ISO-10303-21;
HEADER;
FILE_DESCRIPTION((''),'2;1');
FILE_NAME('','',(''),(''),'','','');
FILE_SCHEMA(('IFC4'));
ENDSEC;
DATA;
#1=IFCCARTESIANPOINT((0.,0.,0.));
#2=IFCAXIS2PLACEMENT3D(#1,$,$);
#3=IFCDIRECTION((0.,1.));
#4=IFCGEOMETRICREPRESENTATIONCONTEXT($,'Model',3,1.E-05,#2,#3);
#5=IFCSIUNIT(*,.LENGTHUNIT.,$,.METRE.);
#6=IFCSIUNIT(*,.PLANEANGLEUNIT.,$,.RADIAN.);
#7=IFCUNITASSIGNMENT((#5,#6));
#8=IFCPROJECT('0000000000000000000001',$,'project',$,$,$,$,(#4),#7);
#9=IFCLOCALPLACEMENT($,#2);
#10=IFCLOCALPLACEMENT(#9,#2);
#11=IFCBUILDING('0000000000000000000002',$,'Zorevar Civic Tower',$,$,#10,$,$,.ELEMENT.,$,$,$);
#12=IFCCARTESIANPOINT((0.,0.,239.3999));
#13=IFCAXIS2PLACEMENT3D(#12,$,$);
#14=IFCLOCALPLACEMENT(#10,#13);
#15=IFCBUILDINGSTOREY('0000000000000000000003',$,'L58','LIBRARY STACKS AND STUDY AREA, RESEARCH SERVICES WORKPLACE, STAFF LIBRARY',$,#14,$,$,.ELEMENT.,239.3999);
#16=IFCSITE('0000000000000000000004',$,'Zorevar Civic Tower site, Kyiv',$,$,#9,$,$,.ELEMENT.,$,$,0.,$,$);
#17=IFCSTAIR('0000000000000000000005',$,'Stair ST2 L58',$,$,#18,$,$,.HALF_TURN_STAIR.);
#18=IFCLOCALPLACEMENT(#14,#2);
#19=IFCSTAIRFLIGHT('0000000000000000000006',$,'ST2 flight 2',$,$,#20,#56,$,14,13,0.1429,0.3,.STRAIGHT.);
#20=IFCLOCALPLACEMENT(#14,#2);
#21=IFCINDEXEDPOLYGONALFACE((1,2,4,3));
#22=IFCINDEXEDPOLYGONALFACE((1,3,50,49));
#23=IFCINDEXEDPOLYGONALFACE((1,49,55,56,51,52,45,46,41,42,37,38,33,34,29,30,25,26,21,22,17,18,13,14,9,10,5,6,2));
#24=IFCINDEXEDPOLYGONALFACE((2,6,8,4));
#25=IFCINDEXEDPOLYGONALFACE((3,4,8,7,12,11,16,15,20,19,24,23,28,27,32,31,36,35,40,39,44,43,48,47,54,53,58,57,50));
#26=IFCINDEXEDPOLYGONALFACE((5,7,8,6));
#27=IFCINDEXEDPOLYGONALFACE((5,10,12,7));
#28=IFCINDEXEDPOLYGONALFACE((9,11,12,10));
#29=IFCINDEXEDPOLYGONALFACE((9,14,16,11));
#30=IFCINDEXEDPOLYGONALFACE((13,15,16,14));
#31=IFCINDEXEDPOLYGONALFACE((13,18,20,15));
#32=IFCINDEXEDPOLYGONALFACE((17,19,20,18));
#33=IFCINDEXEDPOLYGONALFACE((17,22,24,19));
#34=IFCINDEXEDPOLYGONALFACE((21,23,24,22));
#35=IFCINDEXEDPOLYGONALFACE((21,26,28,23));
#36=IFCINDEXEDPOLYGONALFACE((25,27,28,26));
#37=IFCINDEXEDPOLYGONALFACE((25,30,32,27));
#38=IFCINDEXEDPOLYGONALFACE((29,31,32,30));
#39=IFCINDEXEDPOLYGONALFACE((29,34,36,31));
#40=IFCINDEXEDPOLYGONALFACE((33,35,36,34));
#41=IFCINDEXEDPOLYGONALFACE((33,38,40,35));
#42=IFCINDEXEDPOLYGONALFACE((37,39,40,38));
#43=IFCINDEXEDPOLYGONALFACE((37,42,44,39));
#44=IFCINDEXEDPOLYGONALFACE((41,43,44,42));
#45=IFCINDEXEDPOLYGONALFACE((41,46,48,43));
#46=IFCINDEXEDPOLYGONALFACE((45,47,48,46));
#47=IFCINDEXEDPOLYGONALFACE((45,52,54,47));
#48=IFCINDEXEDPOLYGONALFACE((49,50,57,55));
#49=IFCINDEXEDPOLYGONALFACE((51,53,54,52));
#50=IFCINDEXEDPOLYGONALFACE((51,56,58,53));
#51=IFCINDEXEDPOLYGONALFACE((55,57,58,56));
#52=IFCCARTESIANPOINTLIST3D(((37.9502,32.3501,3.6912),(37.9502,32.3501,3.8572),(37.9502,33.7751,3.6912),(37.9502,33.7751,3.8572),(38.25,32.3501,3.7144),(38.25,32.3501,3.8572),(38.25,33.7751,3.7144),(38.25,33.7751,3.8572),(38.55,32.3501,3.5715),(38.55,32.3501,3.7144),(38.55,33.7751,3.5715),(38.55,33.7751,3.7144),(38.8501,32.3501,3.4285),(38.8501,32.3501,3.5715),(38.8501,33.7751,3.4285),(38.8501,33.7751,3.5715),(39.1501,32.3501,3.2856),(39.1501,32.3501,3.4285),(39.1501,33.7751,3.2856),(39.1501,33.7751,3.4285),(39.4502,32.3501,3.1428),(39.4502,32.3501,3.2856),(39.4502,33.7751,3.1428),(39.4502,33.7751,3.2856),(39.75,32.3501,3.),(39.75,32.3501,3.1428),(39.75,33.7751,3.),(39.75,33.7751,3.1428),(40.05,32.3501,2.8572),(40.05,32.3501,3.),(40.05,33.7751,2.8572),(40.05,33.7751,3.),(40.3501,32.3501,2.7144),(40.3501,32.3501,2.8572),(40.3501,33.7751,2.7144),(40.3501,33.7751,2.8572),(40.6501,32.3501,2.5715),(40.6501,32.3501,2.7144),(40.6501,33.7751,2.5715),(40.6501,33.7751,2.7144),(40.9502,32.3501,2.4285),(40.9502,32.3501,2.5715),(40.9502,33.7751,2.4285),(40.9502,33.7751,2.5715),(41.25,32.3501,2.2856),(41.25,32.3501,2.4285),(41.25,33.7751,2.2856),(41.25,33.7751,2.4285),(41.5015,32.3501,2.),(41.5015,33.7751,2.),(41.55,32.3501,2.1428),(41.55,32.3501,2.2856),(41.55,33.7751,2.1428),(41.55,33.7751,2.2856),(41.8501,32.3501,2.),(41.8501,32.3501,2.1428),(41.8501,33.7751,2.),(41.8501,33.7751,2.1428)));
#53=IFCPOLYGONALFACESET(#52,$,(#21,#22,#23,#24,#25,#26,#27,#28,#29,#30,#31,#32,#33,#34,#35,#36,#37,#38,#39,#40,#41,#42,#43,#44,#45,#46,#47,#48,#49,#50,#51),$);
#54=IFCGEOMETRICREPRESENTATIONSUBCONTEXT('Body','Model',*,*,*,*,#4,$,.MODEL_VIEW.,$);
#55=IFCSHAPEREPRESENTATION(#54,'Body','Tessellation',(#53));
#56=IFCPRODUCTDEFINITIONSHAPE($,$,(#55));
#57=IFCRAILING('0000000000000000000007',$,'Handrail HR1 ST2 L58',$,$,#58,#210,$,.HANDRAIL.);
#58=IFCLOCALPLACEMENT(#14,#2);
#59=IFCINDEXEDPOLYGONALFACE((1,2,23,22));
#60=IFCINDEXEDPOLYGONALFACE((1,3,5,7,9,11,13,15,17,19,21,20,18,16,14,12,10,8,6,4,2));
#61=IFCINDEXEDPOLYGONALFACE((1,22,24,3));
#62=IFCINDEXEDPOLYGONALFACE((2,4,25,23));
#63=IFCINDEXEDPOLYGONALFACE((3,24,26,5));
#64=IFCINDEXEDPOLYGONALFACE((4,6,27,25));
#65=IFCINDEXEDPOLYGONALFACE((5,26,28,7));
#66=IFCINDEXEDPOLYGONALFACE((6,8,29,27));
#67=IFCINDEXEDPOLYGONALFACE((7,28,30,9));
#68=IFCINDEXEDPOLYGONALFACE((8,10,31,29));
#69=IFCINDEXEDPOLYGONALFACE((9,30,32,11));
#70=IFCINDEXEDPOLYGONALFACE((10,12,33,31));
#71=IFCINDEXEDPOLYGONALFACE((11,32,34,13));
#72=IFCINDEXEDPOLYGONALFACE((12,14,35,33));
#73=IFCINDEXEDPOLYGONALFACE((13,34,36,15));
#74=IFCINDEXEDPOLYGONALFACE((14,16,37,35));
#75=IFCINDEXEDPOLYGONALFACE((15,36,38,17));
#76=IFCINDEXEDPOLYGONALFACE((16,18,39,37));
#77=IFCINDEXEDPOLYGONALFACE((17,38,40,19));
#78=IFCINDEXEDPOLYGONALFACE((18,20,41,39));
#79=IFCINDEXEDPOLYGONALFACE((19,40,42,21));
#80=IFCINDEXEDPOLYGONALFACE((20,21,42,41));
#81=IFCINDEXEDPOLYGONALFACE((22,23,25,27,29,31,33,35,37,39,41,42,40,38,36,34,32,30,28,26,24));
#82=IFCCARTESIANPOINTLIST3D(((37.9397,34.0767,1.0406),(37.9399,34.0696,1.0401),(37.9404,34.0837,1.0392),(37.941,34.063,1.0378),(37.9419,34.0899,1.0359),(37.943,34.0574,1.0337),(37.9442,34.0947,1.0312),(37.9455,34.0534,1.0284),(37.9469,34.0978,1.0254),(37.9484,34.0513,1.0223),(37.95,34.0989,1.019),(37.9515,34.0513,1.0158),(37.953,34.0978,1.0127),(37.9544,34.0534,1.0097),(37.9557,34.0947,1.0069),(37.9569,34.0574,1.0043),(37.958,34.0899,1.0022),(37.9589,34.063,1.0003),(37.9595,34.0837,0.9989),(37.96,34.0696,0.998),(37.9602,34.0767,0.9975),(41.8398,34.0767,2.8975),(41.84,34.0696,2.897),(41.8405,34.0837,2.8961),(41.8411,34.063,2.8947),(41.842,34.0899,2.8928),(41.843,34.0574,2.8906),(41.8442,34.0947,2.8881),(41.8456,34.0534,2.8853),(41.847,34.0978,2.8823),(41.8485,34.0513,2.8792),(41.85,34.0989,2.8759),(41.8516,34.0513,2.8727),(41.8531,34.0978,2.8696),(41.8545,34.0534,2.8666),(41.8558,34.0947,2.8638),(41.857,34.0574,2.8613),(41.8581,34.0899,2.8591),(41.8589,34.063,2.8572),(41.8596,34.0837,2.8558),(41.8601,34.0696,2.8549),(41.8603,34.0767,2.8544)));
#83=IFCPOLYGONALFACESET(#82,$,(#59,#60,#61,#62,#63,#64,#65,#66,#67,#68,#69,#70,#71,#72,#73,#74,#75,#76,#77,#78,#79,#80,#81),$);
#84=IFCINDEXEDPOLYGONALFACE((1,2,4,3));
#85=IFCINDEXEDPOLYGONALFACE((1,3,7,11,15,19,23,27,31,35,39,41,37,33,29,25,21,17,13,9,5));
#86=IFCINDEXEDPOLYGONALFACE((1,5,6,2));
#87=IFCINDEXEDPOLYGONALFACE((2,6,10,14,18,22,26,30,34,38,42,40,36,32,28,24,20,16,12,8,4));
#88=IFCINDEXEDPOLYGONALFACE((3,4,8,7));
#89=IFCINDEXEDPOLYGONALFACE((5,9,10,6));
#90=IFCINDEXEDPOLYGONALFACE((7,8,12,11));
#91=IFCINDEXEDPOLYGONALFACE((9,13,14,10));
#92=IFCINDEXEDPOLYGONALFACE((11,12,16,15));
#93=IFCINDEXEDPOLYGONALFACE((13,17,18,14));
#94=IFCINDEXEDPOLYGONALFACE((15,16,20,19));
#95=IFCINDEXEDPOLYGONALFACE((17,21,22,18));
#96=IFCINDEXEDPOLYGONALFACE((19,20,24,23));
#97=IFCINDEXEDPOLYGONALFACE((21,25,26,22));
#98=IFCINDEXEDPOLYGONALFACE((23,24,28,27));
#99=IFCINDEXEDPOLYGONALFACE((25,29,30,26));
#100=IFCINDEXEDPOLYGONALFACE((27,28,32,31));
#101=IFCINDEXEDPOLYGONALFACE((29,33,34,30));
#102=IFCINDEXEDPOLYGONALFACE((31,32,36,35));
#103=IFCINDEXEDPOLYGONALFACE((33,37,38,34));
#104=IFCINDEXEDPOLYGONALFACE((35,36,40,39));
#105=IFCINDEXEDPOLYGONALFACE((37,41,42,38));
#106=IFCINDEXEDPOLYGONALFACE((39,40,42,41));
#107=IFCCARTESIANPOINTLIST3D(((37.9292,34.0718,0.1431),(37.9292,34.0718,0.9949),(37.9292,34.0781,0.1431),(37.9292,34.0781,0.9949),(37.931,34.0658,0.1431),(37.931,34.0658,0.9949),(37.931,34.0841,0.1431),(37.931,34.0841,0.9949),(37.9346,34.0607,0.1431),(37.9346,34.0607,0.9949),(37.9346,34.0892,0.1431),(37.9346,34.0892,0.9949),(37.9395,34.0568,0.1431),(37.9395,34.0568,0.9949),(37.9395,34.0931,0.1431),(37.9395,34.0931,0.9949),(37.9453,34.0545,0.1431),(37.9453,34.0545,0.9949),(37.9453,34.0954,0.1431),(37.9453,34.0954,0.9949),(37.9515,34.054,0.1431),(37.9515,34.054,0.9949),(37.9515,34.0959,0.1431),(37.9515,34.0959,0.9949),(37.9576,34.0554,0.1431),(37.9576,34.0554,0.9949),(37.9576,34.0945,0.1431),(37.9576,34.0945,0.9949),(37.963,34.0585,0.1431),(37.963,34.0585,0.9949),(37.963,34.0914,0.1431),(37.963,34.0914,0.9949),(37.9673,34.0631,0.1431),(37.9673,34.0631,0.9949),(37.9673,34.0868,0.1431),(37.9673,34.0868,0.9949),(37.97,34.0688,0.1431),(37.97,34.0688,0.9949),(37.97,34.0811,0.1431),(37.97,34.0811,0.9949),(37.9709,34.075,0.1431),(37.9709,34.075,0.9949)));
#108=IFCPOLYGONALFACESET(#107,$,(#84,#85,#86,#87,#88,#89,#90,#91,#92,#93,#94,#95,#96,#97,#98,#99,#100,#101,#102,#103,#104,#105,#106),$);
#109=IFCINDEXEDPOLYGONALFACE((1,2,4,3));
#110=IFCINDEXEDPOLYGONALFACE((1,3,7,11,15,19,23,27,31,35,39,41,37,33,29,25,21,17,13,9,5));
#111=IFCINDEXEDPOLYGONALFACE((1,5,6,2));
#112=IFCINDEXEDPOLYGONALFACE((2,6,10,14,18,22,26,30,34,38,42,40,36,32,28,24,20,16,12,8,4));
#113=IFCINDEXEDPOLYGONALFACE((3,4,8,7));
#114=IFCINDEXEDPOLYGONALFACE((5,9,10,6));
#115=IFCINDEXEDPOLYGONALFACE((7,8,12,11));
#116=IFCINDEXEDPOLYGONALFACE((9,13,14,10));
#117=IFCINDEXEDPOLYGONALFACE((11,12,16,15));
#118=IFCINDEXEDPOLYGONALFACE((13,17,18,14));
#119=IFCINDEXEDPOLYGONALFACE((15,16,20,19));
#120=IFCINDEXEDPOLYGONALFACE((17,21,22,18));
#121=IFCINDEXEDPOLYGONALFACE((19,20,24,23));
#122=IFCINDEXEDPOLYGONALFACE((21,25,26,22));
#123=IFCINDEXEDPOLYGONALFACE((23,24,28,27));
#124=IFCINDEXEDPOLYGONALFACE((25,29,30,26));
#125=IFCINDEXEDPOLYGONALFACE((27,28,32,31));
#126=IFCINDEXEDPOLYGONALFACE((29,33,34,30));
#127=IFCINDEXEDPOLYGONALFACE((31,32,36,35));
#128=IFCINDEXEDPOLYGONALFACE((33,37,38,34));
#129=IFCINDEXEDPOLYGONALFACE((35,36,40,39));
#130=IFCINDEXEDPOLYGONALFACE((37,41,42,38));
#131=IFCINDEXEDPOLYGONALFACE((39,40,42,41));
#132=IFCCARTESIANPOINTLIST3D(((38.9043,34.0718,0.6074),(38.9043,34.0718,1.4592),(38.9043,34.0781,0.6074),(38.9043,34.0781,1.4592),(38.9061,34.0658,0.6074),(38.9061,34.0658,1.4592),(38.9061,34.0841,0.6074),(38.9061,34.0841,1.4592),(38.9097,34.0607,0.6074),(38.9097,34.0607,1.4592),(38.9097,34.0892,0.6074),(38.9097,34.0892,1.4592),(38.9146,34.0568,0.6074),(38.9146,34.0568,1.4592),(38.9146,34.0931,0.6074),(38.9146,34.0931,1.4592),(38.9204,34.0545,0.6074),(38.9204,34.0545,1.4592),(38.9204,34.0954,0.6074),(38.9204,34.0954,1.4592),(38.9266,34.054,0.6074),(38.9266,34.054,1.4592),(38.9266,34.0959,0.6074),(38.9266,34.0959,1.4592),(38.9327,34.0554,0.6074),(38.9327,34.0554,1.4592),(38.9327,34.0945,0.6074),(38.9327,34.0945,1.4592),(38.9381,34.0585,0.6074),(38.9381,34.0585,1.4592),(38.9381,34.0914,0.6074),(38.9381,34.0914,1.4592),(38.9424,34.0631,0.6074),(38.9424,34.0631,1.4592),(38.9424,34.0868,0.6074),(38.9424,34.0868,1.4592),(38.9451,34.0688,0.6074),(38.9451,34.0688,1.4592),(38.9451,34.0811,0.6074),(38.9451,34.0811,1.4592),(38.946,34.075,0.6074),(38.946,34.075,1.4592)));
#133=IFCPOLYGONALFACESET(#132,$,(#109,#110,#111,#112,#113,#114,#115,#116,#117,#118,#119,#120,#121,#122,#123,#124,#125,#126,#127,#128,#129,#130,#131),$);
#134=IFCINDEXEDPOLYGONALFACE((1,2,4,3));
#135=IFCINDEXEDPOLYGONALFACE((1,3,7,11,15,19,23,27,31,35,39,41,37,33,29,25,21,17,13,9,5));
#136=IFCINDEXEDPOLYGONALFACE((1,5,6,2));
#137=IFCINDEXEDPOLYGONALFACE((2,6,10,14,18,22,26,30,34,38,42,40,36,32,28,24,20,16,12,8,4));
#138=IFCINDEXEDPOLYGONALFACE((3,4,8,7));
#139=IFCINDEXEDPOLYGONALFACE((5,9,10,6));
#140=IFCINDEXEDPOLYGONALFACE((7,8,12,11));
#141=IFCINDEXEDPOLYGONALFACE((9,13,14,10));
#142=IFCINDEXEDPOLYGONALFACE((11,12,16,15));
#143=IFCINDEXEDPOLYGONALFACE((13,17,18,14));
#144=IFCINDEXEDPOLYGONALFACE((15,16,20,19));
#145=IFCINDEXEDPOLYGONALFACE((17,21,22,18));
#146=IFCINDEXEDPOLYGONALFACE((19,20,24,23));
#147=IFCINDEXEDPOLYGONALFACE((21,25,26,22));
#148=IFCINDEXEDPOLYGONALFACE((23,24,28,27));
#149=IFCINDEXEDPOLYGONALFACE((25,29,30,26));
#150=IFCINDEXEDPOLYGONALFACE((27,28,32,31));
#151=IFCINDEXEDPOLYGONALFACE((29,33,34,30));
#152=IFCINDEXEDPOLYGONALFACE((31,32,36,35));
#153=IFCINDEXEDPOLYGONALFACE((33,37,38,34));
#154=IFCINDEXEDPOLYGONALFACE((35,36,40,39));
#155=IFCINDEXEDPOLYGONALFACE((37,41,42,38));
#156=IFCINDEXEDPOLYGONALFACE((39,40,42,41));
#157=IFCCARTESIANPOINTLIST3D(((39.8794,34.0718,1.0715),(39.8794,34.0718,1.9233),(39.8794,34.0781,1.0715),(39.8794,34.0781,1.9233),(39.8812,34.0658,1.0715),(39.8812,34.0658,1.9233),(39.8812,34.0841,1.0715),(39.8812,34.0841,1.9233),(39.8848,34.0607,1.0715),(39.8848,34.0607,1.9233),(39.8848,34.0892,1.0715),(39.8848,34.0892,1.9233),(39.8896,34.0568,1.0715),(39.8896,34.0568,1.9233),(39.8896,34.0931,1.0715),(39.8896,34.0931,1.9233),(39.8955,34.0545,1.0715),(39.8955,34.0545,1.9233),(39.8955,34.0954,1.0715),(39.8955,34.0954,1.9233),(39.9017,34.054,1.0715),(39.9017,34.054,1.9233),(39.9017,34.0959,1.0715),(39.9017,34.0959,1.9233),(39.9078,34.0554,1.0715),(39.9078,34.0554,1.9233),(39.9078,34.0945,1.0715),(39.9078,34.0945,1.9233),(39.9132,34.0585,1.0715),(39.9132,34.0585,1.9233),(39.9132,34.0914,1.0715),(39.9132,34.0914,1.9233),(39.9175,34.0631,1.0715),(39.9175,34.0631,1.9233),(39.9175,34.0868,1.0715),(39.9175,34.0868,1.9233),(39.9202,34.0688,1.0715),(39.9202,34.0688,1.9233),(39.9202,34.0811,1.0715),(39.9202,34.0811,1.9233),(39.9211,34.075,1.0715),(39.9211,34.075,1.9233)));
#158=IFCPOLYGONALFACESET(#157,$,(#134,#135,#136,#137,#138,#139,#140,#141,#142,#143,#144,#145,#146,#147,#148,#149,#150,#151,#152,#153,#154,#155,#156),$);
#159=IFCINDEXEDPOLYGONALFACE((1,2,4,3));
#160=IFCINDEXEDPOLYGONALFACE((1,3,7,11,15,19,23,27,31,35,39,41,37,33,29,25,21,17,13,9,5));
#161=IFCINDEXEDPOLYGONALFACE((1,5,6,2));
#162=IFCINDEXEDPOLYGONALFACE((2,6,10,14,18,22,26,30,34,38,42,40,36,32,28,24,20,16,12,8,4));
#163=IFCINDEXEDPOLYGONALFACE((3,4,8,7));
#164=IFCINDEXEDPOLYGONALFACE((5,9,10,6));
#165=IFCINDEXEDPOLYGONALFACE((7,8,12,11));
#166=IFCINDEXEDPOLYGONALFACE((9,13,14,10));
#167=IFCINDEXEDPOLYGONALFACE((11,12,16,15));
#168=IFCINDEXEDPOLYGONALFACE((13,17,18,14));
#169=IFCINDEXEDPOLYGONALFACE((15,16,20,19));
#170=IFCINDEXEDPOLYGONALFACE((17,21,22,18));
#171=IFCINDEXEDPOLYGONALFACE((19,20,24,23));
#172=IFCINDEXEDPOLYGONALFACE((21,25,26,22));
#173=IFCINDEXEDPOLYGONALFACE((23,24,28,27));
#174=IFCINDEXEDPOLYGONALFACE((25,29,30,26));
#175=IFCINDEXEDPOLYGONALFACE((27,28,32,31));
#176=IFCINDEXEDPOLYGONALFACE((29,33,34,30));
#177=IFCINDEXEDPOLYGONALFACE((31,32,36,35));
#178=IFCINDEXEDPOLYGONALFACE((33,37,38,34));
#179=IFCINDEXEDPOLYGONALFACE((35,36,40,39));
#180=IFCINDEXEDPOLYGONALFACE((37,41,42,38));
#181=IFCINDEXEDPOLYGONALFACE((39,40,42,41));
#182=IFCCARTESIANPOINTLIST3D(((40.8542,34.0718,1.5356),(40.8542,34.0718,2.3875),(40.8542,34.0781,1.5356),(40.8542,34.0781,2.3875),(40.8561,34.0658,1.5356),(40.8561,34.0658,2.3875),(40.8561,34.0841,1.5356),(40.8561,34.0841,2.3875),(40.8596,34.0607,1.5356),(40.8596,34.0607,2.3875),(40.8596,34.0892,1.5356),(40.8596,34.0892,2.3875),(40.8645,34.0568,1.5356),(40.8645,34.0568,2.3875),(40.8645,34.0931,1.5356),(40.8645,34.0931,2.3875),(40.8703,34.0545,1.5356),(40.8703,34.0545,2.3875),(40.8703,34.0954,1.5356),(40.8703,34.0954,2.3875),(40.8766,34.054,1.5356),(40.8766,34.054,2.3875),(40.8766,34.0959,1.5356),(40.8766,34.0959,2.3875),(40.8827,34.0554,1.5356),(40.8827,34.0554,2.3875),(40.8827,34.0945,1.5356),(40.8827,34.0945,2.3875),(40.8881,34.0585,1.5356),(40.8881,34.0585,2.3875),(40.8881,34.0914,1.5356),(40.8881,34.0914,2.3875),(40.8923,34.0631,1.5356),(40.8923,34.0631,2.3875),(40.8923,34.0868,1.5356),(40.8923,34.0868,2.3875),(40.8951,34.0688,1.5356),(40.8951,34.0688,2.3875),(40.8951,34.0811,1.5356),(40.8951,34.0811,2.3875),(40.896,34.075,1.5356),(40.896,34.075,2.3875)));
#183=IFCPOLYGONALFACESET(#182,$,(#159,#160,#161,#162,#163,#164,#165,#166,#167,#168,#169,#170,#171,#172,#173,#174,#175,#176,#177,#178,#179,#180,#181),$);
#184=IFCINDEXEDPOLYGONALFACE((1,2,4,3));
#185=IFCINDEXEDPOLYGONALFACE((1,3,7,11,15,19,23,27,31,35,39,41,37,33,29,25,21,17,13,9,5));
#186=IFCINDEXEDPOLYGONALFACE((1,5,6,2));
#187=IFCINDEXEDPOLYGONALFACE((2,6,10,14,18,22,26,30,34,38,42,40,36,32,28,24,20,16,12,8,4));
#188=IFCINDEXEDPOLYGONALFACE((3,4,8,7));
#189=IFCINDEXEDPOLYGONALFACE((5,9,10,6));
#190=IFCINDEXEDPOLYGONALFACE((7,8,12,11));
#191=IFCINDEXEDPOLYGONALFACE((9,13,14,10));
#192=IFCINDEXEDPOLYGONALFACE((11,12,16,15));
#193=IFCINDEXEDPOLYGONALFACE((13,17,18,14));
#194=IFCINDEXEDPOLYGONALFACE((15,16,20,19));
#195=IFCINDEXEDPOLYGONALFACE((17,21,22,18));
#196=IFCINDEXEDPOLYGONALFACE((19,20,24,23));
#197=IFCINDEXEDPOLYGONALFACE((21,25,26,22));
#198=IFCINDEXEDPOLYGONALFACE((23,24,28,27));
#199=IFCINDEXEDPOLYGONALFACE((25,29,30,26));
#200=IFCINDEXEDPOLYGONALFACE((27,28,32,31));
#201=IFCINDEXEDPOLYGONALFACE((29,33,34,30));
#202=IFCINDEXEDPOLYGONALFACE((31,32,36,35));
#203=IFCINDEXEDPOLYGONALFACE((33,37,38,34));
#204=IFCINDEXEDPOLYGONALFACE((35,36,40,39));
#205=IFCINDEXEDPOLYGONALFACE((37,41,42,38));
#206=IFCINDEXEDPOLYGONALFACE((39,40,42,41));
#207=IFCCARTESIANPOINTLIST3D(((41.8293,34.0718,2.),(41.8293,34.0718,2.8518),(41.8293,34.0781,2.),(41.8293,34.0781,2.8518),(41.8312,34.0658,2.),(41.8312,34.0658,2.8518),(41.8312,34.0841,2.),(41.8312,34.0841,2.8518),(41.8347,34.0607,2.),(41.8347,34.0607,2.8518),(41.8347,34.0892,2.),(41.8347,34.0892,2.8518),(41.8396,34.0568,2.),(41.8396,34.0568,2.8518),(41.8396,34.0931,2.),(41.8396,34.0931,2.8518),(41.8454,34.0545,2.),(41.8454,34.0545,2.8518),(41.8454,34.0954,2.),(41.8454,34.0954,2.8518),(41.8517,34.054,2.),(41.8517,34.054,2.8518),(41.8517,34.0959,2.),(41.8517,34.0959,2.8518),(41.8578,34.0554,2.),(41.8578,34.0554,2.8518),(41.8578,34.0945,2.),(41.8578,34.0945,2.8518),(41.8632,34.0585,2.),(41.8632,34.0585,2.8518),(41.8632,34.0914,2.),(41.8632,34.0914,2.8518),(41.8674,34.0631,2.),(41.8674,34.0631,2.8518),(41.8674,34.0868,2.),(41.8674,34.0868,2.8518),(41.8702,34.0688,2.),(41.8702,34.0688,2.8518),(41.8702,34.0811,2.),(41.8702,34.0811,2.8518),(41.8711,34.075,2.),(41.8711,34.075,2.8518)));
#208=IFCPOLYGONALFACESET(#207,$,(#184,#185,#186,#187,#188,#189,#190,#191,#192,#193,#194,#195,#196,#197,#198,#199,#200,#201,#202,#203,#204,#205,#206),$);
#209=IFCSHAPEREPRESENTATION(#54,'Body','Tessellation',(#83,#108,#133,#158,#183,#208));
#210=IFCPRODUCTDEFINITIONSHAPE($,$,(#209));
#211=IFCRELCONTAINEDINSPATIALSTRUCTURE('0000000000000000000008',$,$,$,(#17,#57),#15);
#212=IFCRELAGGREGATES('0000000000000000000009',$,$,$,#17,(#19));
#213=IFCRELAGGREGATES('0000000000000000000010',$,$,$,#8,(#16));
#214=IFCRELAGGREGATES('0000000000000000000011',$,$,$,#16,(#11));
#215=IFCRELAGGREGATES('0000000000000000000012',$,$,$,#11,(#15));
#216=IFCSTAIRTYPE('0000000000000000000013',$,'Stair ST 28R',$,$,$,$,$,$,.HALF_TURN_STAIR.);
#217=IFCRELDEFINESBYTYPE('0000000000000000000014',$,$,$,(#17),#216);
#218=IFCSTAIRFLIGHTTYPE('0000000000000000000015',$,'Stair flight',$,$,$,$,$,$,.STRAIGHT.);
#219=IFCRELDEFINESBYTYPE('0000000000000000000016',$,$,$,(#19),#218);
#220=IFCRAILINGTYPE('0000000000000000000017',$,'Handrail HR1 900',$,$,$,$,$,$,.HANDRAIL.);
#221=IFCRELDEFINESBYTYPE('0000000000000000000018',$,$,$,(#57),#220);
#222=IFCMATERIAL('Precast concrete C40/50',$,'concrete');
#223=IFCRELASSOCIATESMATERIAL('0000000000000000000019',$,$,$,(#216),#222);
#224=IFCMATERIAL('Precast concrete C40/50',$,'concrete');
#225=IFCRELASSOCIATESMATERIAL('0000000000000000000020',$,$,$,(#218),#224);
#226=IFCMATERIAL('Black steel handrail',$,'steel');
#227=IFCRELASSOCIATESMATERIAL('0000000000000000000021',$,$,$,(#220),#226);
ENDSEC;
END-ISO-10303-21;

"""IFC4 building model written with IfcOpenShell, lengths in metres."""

from ifc_helpers import new_model, si_unit, direction, frame, origin, origin_2d, place, context, subcontext, project, spatial, polyline, circle, outline, extrude, material, type_object, element, aggregate, save


model = new_model("IFC4")

# Units and contexts
model_context = context("Model", 3, precision=1e-05, world=origin(), true_north=direction((0.0, 1.0)))
body_context = subcontext(model_context, "Body", "Model", "MODEL_VIEW")
ifc_project = project(units=[si_unit("LENGTHUNIT", "METRE"), si_unit("PLANEANGLEUNIT", "RADIAN")], contexts=[model_context])

# Site, building, storey
site_placement = place(None, origin())
site = spatial("IfcSite", under=ifc_project, at=site_placement, Name="Zorevar Civic Tower site, Kyiv", CompositionType="ELEMENT", RefElevation=0.0)
building_placement = place(site_placement, origin())
building = spatial("IfcBuilding", under=site, at=building_placement, Name="Zorevar Civic Tower", CompositionType="ELEMENT")
storey_placement = place(building_placement, frame((0.0, 0.0, 239.3999)))
storey = spatial("IfcBuildingStorey", under=building, at=storey_placement, Name="L58", Description="LIBRARY STACKS AND STUDY AREA, RESEARCH SERVICES WORKPLACE, STAFF LIBRARY", CompositionType="ELEMENT", Elevation=239.3999)

# Stair, stair flight
ifc_material_1 = material(Name="Precast concrete C40/50", Category="concrete")
stair_type = type_object("IfcStairType", Name="Stair ST 28R", PredefinedType="HALF_TURN_STAIR", material=ifc_material_1)
stair_placement = place(storey_placement, origin())
stair = element("IfcStair", 1, at=stair_placement, inside=storey, type_object=stair_type, Name="Stair ST2 L58", PredefinedType="HALF_TURN_STAIR")
ifc_material_2 = material(Name="Precast concrete C40/50", Category="concrete")
stair_flight_type = type_object("IfcStairFlightType", Name="Stair flight", PredefinedType="STRAIGHT", material=ifc_material_2)
stair_flight_1_placement = place(storey_placement, frame((41.8501, 33.0625, 2.0), z_axis=(0.0, 0.0, 1.0), x_axis=(-1.0, 0.0, 0.0)))
stair_flight_1 = element("IfcStairFlight", 2, at=stair_flight_1_placement, type_object=stair_flight_type, Name="ST2 flight 2", NumberOfRisers=14, NumberOfTreads=13, PredefinedType="STRAIGHT", RiserHeight=0.1429, TreadLength=0.3, context=body_context, shape_type="SweptSolid", body=[
    extrude(outline(polyline([(0.0, 0.0), (0.0, 0.1428), (0.3, 0.1428), (0.3, 0.2856), (0.6001, 0.2856), (0.6001, 0.4285), (0.8999, 0.4285), (0.8999, 0.5715), (1.2, 0.5715), (1.2, 0.7144), (1.5, 0.7144), (1.5, 0.8572), (1.8, 0.8572), (1.8, 1.0), (2.1001, 1.0), (2.1001, 1.1428), (2.3999, 1.1428), (2.3999, 1.2856), (2.7, 1.2856), (2.7, 1.4285), (3.0, 1.4285), (3.0, 1.5715), (3.3, 1.5715), (3.3, 1.7144), (3.6001, 1.7144), (3.6001, 1.8572), (3.8999, 1.8572), (3.8999, 2.0), (3.8999, 1.6912), (0.3486, 0.0), (0.0, 0.0)])), frame((0.0, 0.7124, 0.0), z_axis=(0.0, -1.0, 0.0), x_axis=(1.0, 0.0, 0.0)), (0.0, 0.0, 1.0), 1.425),
])
aggregate(stair, [stair_flight_1])

# Railing
ifc_material_3 = material(Name="Black steel handrail", Category="steel")
railing_type = type_object("IfcRailingType", Name="Handrail HR1 900", PredefinedType="HANDRAIL", material=ifc_material_3)
railing_1_placement = place(storey_placement, frame((37.95, 34.075, 0.1431)))
element("IfcRailing", 3, at=railing_1_placement, inside=storey, type_object=railing_type, Name="Handrail HR1 ST2 L58", PredefinedType="HANDRAIL", context=body_context, shape_type="SweptSolid", body=[
    extrude(circle(Radius=0.0239, at=origin_2d()), frame((0.0, 0.0, 0.876), z_axis=(0.902886, 0.0, 0.429881), x_axis=(0.0, 1.0, 0.0)), (0.0, 0.0, 1.0), 4.3196),
    extrude(circle(Radius=0.021, at=origin_2d()), origin(), (0.0, 0.0, 1.0), 0.8518),
    extrude(circle(Radius=0.021, at=origin_2d()), frame((0.9751, 0.0, 0.4644)), (0.0, 0.0, 1.0), 0.8518),
    extrude(circle(Radius=0.021, at=origin_2d()), frame((1.9502, 0.0, 0.9285)), (0.0, 0.0, 1.0), 0.8518),
    extrude(circle(Radius=0.021, at=origin_2d()), frame((2.925, 0.0, 1.3926)), (0.0, 0.0, 1.0), 0.8518),
    extrude(circle(Radius=0.021, at=origin_2d()), frame((3.9001, 0.0, 1.8569)), (0.0, 0.0, 1.0), 0.8518),
])

save(model, "model.ifc")
